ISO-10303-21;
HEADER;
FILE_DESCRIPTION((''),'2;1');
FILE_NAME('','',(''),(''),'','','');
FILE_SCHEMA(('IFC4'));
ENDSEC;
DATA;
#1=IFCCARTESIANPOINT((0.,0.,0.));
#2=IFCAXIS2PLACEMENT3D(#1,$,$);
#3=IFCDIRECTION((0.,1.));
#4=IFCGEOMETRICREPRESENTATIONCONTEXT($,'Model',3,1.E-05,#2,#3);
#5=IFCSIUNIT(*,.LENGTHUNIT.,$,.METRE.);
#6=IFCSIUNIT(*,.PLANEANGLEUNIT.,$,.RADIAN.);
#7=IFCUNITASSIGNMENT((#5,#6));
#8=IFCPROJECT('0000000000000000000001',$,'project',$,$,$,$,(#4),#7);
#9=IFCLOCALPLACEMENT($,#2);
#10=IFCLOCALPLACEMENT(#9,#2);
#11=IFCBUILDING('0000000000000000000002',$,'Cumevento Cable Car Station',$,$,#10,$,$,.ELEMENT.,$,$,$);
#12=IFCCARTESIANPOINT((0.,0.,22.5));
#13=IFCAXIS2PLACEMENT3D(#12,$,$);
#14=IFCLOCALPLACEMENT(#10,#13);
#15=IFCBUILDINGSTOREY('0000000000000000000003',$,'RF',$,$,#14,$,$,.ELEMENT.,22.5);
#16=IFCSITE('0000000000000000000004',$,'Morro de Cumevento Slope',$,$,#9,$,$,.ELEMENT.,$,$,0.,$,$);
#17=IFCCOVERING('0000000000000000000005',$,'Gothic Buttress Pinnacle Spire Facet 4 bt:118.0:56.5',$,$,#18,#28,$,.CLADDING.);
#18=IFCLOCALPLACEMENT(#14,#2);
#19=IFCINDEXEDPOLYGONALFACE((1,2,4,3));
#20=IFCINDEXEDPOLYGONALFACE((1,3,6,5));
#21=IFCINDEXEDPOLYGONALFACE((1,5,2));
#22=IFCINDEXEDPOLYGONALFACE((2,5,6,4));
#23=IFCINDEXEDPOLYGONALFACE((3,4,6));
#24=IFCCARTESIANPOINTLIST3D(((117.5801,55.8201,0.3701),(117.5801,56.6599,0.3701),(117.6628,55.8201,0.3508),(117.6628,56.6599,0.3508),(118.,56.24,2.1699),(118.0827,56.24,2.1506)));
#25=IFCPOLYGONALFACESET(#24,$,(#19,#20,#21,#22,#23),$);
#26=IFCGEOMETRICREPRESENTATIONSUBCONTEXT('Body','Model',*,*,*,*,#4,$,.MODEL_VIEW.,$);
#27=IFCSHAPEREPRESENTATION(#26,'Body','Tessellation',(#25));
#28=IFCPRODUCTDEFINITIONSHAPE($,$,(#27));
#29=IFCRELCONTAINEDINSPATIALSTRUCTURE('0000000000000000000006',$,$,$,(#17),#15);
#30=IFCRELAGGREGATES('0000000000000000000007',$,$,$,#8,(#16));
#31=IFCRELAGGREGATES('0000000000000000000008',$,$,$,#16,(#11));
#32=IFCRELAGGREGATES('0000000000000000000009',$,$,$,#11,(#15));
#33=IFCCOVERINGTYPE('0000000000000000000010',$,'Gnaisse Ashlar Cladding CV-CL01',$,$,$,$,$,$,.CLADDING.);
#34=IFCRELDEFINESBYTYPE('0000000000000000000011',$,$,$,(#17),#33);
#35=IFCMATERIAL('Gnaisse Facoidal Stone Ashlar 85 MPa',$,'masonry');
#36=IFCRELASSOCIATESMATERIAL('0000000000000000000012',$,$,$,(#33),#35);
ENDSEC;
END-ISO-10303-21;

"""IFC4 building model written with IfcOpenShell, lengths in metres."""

from ifc_helpers import new_model, si_unit, direction, frame, origin, place, context, subcontext, project, spatial, polyline, outline, extrude, material, type_object, element, save


model = new_model("IFC4")

# Units and contexts
model_context = context("Model", 3, precision=1e-05, world=origin(), true_north=direction((0.0, 1.0)))
body_context = subcontext(model_context, "Body", "Model", "MODEL_VIEW")
ifc_project = project(units=[si_unit("LENGTHUNIT", "METRE"), si_unit("PLANEANGLEUNIT", "RADIAN")], contexts=[model_context])

# Site, building, storey
site_placement = place(None, origin())
site = spatial("IfcSite", under=ifc_project, at=site_placement, Name="Morro de Cumevento Slope", CompositionType="ELEMENT", RefElevation=0.0)
building_placement = place(site_placement, origin())
building = spatial("IfcBuilding", under=site, at=building_placement, Name="Cumevento Cable Car Station", CompositionType="ELEMENT")
storey_placement = place(building_placement, frame((0.0, 0.0, 22.5)))
storey = spatial("IfcBuildingStorey", under=building, at=storey_placement, Name="RF", CompositionType="ELEMENT", Elevation=22.5)

# Covering
ifc_material_1 = material(Name="Gnaisse Facoidal Stone Ashlar 85 MPa", Category="masonry")
covering_type = type_object("IfcCoveringType", Name="Gnaisse Ashlar Cladding CV-CL01", PredefinedType="CLADDING", material=ifc_material_1)
for number, where, z_axis, x_axis, name in (
    (1, (117.5801, 55.8201, 0.3701), (-0.973845, 0.0, 0.227213), (0.0, 1.0, 0.0), "Gothic Buttress Pinnacle Spire Facet 4 bt:118.0:56.5"),
):
    element("IfcCovering", number, at=place(storey_placement, frame(where, z_axis=z_axis, x_axis=x_axis)), inside=storey, type_object=covering_type, Name=name, PredefinedType="CLADDING", context=body_context, shape_type="SweptSolid", body=[
        extrude(outline(polyline([(0.0, 0.0), (0.8398, 0.0), (0.4199, -1.8481), (0.0, 0.0)])), origin(), (0.0, 0.0, -1.0), 0.085),
    ])

save(model, "model.ifc")
